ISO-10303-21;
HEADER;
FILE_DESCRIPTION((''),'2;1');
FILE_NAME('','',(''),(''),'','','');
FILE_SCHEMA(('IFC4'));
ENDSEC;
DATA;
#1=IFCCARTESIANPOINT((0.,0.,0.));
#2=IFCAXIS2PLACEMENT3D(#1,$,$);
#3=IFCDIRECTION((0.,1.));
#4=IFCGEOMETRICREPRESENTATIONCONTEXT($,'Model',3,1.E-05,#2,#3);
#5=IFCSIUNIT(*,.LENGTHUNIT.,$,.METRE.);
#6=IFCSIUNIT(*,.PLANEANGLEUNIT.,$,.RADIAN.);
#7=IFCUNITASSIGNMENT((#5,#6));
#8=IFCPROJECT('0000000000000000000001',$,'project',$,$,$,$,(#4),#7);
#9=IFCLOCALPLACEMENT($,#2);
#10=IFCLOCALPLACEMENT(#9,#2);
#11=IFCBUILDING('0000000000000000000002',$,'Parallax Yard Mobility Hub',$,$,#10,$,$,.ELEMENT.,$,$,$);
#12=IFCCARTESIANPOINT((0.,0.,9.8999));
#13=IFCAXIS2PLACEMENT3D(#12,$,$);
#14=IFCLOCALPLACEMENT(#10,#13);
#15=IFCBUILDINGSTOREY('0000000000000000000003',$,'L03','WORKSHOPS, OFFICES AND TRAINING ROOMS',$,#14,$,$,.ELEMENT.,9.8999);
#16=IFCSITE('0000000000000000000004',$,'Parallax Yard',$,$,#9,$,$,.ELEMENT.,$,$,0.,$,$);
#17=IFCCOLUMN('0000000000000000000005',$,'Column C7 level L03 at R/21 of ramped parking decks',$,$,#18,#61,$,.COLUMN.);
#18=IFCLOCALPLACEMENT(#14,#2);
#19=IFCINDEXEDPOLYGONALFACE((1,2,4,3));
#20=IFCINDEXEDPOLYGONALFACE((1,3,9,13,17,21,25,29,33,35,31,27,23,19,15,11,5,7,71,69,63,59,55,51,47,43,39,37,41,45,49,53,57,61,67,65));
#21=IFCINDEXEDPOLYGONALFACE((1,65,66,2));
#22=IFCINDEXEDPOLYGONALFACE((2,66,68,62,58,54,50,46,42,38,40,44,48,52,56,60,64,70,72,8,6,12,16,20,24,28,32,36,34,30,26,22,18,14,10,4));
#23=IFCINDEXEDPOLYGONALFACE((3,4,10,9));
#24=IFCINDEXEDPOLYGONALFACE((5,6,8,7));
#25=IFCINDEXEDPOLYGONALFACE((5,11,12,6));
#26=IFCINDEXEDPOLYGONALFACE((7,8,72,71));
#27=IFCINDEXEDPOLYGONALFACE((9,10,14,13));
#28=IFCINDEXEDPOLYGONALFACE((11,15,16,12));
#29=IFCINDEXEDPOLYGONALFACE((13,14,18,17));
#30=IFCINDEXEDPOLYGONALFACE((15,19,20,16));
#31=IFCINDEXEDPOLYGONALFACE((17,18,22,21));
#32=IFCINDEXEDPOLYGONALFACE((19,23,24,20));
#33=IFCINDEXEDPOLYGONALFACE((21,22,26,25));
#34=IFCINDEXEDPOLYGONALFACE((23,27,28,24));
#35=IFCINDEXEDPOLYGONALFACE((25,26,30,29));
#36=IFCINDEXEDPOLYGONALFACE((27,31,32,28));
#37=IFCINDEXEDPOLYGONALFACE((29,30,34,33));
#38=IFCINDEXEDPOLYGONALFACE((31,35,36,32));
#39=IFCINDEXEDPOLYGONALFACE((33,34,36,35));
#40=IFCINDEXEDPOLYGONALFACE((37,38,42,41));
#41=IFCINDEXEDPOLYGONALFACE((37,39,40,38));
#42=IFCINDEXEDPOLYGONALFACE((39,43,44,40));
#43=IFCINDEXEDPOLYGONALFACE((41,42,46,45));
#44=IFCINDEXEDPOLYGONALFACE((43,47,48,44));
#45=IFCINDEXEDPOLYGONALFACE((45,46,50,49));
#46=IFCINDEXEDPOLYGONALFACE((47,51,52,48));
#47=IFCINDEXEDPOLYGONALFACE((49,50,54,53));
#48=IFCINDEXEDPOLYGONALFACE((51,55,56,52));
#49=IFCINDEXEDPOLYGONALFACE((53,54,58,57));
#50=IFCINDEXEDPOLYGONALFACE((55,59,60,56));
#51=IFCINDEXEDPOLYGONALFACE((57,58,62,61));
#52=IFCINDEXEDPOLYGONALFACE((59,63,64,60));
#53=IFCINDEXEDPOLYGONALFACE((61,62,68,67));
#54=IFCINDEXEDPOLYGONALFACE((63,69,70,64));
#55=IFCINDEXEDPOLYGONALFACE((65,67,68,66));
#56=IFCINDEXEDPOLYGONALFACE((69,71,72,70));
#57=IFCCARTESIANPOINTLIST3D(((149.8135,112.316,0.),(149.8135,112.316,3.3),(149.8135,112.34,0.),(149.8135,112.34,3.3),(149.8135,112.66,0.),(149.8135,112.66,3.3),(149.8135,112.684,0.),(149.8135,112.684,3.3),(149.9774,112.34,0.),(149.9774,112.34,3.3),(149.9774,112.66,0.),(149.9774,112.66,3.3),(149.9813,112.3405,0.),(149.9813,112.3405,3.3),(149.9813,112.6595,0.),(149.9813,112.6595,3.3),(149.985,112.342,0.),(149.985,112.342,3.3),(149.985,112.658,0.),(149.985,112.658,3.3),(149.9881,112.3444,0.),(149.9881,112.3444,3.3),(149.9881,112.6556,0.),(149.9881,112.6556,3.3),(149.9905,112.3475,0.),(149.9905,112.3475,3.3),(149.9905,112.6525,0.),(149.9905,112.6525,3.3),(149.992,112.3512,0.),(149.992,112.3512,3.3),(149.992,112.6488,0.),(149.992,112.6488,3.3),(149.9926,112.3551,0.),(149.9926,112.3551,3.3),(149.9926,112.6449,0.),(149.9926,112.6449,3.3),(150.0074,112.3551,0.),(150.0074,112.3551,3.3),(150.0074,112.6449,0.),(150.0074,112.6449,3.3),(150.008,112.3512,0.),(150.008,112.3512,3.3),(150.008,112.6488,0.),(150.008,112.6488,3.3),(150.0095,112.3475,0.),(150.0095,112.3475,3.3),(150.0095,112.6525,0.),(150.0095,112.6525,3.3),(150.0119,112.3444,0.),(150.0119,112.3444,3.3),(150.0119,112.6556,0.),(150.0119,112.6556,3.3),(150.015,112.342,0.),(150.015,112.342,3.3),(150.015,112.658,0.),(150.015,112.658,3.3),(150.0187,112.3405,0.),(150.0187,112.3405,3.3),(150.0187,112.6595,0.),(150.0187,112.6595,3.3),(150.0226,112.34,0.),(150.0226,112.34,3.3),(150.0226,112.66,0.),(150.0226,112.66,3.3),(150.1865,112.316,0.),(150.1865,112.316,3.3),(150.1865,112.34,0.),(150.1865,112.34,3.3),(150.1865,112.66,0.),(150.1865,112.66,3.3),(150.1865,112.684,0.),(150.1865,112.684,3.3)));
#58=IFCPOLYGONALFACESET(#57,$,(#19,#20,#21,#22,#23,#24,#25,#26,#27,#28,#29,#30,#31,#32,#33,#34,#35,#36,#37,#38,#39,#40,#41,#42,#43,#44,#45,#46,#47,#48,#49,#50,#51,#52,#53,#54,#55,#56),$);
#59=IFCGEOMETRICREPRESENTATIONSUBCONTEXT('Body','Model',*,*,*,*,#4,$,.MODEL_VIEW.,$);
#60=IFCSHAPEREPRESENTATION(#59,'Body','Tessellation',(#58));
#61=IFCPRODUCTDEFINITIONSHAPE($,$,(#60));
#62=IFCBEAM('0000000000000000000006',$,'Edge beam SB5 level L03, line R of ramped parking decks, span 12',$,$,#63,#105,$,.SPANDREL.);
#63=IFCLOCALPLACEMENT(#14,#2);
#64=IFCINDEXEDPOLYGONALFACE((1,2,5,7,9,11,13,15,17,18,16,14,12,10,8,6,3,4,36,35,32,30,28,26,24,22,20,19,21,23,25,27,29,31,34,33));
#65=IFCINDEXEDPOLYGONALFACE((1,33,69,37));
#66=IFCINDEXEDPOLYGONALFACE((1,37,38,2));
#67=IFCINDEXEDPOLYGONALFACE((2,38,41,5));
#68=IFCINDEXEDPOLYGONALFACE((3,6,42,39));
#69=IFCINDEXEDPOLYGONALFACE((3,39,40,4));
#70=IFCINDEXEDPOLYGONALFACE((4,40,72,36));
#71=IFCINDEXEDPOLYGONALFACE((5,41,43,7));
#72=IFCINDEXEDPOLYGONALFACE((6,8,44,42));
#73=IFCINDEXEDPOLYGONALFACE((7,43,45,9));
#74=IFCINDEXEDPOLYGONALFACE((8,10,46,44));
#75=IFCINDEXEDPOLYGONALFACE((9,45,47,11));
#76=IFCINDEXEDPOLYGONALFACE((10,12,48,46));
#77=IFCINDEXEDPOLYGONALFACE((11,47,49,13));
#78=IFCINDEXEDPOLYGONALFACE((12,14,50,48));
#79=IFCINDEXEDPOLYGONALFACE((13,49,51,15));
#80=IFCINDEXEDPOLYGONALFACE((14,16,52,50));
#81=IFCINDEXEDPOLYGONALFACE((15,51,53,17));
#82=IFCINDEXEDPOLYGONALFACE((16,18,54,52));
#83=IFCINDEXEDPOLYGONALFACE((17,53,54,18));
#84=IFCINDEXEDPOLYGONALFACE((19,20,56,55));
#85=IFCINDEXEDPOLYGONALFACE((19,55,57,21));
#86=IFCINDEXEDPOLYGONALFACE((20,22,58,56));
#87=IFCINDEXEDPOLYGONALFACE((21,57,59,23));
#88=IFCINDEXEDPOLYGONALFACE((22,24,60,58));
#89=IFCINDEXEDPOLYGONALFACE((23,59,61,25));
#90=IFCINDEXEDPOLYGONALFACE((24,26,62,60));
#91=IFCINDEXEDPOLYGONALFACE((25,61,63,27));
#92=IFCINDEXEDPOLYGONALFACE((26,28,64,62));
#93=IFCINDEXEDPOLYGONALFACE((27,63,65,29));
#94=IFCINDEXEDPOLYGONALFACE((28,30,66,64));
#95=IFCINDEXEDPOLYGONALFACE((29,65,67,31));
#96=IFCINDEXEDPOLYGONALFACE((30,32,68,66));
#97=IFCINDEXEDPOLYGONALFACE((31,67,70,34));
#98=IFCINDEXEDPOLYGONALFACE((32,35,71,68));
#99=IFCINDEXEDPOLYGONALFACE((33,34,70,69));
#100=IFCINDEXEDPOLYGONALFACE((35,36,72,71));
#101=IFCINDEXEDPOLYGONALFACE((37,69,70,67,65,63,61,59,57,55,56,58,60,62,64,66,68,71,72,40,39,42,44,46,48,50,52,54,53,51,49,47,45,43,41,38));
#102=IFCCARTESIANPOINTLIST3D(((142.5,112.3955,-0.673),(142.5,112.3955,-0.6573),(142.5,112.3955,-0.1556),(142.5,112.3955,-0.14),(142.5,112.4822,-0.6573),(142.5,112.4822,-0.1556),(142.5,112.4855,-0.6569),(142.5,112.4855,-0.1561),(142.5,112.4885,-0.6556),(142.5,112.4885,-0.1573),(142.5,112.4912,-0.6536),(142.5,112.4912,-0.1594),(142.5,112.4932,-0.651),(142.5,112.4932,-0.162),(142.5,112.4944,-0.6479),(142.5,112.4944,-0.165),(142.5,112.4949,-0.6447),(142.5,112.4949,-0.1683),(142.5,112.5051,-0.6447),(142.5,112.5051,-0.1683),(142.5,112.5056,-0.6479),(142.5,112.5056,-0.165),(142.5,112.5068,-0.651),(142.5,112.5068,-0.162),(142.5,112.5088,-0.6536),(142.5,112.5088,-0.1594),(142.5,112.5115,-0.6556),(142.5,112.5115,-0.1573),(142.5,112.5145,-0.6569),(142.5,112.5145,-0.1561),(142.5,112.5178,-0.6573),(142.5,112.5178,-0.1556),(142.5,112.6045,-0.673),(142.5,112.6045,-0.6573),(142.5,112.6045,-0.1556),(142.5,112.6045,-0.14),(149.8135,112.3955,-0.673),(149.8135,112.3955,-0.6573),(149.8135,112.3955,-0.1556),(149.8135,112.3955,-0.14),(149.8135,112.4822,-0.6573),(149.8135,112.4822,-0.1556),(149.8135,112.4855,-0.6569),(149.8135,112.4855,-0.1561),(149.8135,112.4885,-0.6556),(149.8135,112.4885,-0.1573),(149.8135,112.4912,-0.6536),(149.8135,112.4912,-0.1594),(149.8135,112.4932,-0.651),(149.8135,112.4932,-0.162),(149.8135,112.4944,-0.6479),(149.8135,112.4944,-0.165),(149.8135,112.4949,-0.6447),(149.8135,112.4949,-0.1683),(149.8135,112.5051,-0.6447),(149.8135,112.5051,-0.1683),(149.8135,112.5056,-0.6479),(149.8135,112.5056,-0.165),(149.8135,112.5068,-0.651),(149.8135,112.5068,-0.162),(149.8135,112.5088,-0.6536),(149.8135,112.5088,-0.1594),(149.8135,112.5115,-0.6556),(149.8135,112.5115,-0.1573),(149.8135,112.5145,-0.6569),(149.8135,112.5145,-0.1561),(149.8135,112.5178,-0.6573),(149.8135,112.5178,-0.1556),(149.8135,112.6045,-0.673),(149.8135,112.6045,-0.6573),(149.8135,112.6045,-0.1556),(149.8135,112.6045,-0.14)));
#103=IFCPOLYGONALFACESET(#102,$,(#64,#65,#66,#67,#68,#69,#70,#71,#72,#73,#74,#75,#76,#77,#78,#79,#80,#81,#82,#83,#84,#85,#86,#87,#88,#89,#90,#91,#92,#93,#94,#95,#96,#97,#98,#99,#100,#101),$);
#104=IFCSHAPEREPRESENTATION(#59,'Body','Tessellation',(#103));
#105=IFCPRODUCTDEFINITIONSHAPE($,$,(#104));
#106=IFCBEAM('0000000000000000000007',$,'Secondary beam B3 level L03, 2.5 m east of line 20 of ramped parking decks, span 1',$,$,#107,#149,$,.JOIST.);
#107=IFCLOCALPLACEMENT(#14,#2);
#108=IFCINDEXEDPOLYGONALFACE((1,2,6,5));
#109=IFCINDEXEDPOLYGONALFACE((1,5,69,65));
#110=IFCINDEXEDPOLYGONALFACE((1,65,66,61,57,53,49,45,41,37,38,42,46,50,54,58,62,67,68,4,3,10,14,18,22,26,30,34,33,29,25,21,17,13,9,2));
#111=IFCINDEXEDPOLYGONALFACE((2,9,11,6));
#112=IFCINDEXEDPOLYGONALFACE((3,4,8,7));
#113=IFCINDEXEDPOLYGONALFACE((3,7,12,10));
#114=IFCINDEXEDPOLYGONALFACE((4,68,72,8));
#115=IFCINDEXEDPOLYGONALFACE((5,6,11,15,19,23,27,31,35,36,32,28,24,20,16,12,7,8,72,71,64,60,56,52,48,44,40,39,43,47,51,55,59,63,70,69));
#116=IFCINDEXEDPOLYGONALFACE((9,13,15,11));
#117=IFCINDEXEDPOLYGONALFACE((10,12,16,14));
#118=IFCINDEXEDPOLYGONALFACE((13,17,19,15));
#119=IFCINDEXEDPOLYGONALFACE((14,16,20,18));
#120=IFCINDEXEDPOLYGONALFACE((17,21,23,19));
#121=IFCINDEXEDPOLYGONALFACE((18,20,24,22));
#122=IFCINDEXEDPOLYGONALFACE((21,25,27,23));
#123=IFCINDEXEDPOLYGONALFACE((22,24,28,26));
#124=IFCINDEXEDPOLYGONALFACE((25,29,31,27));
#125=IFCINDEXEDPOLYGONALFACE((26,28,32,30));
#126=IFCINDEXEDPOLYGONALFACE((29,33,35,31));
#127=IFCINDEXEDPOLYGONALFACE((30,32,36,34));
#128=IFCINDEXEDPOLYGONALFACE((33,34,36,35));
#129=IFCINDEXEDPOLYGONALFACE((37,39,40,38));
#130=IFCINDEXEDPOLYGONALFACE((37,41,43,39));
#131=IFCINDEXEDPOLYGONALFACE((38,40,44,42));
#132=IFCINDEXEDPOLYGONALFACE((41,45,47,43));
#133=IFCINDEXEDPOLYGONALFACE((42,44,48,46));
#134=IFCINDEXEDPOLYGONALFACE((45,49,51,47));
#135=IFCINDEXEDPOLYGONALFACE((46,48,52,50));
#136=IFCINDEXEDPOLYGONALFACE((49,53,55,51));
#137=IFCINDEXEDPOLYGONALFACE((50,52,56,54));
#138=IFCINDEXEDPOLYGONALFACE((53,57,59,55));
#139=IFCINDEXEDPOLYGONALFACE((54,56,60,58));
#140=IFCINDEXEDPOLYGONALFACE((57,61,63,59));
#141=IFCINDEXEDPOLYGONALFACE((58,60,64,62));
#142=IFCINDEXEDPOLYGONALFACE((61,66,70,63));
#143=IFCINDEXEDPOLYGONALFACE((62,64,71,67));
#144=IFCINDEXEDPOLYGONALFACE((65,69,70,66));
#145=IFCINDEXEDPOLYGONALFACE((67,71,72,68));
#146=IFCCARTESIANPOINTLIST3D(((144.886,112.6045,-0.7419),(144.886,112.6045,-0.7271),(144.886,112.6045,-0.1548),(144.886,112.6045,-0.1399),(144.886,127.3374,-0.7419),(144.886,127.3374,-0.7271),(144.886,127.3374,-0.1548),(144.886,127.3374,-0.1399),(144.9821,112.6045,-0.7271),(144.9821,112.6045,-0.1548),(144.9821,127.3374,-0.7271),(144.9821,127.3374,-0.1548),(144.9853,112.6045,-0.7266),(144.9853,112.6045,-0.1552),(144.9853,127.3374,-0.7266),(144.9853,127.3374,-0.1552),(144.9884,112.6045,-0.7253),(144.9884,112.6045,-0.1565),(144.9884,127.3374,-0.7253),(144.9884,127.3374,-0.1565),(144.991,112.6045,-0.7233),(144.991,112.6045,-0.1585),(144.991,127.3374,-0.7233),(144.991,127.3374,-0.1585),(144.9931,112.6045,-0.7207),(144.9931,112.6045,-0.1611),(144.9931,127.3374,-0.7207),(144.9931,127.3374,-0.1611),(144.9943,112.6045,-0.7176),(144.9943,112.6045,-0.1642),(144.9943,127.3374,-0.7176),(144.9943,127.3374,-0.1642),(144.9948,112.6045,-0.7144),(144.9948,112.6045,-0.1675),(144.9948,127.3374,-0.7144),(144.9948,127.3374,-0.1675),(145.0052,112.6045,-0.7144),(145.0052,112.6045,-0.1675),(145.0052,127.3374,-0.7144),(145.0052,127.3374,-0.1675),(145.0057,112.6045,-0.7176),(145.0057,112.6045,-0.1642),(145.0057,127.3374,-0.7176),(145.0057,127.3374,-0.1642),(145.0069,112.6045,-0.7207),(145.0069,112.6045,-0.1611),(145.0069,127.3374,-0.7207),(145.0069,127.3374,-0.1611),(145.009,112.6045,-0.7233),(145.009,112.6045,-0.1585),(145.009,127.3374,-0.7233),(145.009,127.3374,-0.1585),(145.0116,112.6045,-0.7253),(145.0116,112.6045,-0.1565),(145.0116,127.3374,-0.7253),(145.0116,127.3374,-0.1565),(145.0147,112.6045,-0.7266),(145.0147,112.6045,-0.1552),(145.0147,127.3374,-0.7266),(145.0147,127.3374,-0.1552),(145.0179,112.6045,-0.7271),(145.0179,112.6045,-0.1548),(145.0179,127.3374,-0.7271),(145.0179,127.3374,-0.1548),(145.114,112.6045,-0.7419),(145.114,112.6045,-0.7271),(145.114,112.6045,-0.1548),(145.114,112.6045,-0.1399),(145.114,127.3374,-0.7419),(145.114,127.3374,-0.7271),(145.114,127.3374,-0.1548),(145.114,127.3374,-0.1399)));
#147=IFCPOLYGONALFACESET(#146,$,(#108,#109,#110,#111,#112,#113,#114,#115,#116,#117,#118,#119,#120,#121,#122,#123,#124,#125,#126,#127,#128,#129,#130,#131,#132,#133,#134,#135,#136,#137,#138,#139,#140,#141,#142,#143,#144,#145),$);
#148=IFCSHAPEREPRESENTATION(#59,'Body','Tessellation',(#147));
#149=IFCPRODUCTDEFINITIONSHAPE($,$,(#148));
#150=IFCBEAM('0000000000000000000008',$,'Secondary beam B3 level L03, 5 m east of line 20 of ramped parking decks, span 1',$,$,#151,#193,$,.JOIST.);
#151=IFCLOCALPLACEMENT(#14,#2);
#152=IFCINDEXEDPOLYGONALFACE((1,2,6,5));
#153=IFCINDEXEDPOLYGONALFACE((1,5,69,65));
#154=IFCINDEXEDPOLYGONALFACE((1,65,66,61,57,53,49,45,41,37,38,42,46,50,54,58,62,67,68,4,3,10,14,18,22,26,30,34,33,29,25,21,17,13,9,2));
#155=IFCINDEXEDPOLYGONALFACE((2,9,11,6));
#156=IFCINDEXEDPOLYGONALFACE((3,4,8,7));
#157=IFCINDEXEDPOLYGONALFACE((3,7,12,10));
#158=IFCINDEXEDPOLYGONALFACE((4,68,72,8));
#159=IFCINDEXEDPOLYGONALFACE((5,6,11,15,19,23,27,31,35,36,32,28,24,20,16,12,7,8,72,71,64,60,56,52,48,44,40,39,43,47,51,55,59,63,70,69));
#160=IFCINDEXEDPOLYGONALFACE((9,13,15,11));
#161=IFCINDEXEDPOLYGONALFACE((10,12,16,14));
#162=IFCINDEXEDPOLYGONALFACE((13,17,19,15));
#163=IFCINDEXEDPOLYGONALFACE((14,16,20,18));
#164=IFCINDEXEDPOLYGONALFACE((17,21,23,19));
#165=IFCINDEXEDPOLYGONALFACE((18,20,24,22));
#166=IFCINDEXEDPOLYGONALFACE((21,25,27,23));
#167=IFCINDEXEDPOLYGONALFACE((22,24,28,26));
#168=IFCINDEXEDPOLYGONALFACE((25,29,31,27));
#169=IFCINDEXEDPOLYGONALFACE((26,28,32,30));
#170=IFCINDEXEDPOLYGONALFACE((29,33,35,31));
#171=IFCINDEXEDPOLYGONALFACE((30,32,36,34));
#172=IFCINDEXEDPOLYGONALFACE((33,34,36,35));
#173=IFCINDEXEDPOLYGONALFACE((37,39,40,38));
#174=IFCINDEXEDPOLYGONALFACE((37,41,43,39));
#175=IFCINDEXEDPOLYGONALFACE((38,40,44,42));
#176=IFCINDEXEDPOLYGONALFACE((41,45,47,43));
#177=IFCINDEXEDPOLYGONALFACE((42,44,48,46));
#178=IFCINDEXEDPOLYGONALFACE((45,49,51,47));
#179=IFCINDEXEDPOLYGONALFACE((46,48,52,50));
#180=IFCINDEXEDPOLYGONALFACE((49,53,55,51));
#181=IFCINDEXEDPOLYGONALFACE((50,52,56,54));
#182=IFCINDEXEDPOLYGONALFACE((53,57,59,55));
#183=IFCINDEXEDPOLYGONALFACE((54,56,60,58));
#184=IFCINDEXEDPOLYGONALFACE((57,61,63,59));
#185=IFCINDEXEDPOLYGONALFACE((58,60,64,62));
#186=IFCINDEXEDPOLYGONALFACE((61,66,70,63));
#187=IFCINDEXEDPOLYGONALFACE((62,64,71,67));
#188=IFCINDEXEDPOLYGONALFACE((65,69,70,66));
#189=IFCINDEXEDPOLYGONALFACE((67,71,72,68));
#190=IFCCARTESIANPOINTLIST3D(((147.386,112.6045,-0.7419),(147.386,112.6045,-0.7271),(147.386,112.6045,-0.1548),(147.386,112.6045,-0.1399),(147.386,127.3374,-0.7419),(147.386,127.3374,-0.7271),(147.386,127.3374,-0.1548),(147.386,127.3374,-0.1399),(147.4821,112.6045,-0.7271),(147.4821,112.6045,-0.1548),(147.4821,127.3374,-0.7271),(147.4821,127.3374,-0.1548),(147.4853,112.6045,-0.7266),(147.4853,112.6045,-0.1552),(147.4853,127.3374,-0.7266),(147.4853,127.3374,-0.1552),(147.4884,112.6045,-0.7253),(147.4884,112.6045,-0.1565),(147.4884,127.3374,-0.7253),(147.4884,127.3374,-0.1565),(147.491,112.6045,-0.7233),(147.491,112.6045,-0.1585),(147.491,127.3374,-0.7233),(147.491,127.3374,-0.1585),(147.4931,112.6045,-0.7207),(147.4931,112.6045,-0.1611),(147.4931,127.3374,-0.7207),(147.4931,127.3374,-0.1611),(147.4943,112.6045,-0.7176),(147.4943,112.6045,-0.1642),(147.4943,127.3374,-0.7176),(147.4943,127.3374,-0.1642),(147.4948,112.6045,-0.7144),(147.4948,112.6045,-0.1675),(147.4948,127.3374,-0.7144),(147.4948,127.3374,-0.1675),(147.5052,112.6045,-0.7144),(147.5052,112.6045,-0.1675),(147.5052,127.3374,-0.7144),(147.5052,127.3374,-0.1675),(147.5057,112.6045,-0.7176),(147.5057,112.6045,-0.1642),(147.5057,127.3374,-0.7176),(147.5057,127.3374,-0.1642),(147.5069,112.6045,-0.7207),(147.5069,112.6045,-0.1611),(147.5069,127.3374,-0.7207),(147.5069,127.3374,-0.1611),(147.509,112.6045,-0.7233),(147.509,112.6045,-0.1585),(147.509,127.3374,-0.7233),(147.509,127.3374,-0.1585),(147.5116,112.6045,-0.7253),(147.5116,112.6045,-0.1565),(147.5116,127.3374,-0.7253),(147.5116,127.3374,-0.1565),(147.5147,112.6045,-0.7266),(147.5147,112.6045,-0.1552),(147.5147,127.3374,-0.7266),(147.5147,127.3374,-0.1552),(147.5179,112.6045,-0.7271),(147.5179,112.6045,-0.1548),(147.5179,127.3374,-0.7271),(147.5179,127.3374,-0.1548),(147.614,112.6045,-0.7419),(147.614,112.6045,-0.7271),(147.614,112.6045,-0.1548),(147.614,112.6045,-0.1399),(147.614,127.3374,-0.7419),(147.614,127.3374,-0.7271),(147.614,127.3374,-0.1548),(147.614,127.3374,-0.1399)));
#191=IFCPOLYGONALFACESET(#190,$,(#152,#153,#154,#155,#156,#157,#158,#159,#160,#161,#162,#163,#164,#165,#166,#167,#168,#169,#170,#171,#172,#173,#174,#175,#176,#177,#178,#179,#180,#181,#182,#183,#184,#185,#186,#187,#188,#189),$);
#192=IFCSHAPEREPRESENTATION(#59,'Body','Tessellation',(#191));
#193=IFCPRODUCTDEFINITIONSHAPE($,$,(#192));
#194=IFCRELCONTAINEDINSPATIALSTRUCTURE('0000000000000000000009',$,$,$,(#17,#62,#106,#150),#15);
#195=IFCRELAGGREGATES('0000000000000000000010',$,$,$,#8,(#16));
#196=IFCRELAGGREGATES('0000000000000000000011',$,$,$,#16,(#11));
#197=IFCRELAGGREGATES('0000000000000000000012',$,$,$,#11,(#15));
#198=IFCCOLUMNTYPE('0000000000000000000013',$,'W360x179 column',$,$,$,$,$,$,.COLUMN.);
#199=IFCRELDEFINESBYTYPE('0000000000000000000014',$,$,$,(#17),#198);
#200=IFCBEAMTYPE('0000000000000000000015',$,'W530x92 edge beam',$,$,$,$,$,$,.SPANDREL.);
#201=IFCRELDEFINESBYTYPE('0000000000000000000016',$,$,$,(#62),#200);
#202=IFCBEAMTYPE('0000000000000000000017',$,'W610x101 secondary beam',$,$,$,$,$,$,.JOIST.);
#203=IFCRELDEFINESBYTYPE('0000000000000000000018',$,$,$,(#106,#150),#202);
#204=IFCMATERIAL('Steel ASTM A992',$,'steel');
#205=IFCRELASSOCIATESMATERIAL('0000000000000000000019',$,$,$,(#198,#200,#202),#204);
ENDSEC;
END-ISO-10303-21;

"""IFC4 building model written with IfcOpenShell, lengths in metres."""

from ifc_helpers import new_model, si_unit, direction, frame, origin, origin_2d, place, context, subcontext, project, spatial, i_section, extrude, material, material_profile, profile_set, type_object, element, save


model = new_model("IFC4")

# Units and contexts
model_context = context("Model", 3, precision=1e-05, world=origin(), true_north=direction((0.0, 1.0)))
body_context = subcontext(model_context, "Body", "Model", "MODEL_VIEW")
ifc_project = project(units=[si_unit("LENGTHUNIT", "METRE"), si_unit("PLANEANGLEUNIT", "RADIAN")], contexts=[model_context])

# Site, building, storey
site_placement = place(None, origin())
site = spatial("IfcSite", under=ifc_project, at=site_placement, Name="Parallax Yard", CompositionType="ELEMENT", RefElevation=0.0)
building_placement = place(site_placement, origin())
building = spatial("IfcBuilding", under=site, at=building_placement, Name="Parallax Yard Mobility Hub", CompositionType="ELEMENT")
storey_placement = place(building_placement, frame((0.0, 0.0, 9.8999)))
storey = spatial("IfcBuildingStorey", under=building, at=storey_placement, Name="L03", Description="WORKSHOPS, OFFICES AND TRAINING ROOMS", CompositionType="ELEMENT", Elevation=9.8999)

# Column
ifc_material_1 = material(Name="Steel ASTM A992", Category="steel")
ifc_material_profile_1 = material_profile(ifc_material_1, i_section(OverallWidth=0.373, OverallDepth=0.3679, WebThickness=0.0149, FlangeThickness=0.0239, FilletRadius=0.0151, at=origin_2d()), Name="W360x179")
ifc_profile_set_1 = profile_set([ifc_material_profile_1], Name="Steel ASTM A992")
column_type = type_object("IfcColumnType", Name="W360x179 column", PredefinedType="COLUMN", material=ifc_profile_set_1)
column_placement = place(storey_placement, frame((150.0, 112.5, 0.0), z_axis=(0.0, 0.0, 1.0), x_axis=(1.0, 0.0, 0.0)))
element("IfcColumn", 1, at=column_placement, inside=storey, type_object=column_type, Name="Column C7 level L03 at R/21 of ramped parking decks", PredefinedType="COLUMN", context=body_context, shape_type="SweptSolid", body=[
    extrude(i_section(OverallWidth=0.373, OverallDepth=0.3679, WebThickness=0.0149, FlangeThickness=0.0239, FilletRadius=0.0151, at=origin_2d()), origin(), (0.0, 0.0, 1.0), 3.3),
])

# Beams
ifc_material_profile_2 = material_profile(ifc_material_1, i_section(OverallWidth=0.209, OverallDepth=0.533, WebThickness=0.0103, FlangeThickness=0.0156, FilletRadius=0.0127, at=origin_2d()), Name="W530x92")
ifc_profile_set_2 = profile_set([ifc_material_profile_2], Name="Steel ASTM A992")
beam_type_1 = type_object("IfcBeamType", Name="W530x92 edge beam", PredefinedType="SPANDREL", material=ifc_profile_set_2)
beam_1_placement = place(storey_placement, frame((142.5, 112.5, -0.4065), z_axis=(1.0, 0.0, 0.0), x_axis=(0.0, 1.0, 0.0)))
element("IfcBeam", 2, at=beam_1_placement, inside=storey, type_object=beam_type_1, Name="Edge beam SB5 level L03, line R of ramped parking decks, span 12", PredefinedType="SPANDREL", context=body_context, shape_type="SweptSolid", body=[
    extrude(i_section(OverallWidth=0.209, OverallDepth=0.533, WebThickness=0.0103, FlangeThickness=0.0156, FilletRadius=0.0127, at=origin_2d()), origin(), (0.0, 0.0, 1.0), 7.3135),
])
ifc_material_profile_3 = material_profile(ifc_material_1, i_section(OverallWidth=0.228, OverallDepth=0.6021, WebThickness=0.0105, FlangeThickness=0.0149, FilletRadius=0.0127, at=origin_2d()), Name="W610x101")
ifc_profile_set_3 = profile_set([ifc_material_profile_3], Name="Steel ASTM A992")
beam_type_2 = type_object("IfcBeamType", Name="W610x101 secondary beam", PredefinedType="JOIST", material=ifc_profile_set_3)
for number, where, z_axis, x_axis, name in (
    (3, (145.0, 112.6045, -0.4409), (0.0, 1.0, 0.0), (-1.0, 0.0, 0.0), "Secondary beam B3 level L03, 2.5 m east of line 20 of ramped parking decks, span 1"),
    (4, (147.5, 112.6045, -0.4409), (0.0, 1.0, 0.0), (-1.0, 0.0, 0.0), "Secondary beam B3 level L03, 5 m east of line 20 of ramped parking decks, span 1"),
):
    element("IfcBeam", number, at=place(storey_placement, frame(where, z_axis=z_axis, x_axis=x_axis)), inside=storey, type_object=beam_type_2, Name=name, PredefinedType="JOIST", context=body_context, shape_type="SweptSolid", body=[
        extrude(i_section(OverallWidth=0.228, OverallDepth=0.6021, WebThickness=0.0105, FlangeThickness=0.0149, FilletRadius=0.0127, at=origin_2d()), origin(), (0.0, 0.0, 1.0), 14.7329),
    ])

save(model, "model.ifc")
